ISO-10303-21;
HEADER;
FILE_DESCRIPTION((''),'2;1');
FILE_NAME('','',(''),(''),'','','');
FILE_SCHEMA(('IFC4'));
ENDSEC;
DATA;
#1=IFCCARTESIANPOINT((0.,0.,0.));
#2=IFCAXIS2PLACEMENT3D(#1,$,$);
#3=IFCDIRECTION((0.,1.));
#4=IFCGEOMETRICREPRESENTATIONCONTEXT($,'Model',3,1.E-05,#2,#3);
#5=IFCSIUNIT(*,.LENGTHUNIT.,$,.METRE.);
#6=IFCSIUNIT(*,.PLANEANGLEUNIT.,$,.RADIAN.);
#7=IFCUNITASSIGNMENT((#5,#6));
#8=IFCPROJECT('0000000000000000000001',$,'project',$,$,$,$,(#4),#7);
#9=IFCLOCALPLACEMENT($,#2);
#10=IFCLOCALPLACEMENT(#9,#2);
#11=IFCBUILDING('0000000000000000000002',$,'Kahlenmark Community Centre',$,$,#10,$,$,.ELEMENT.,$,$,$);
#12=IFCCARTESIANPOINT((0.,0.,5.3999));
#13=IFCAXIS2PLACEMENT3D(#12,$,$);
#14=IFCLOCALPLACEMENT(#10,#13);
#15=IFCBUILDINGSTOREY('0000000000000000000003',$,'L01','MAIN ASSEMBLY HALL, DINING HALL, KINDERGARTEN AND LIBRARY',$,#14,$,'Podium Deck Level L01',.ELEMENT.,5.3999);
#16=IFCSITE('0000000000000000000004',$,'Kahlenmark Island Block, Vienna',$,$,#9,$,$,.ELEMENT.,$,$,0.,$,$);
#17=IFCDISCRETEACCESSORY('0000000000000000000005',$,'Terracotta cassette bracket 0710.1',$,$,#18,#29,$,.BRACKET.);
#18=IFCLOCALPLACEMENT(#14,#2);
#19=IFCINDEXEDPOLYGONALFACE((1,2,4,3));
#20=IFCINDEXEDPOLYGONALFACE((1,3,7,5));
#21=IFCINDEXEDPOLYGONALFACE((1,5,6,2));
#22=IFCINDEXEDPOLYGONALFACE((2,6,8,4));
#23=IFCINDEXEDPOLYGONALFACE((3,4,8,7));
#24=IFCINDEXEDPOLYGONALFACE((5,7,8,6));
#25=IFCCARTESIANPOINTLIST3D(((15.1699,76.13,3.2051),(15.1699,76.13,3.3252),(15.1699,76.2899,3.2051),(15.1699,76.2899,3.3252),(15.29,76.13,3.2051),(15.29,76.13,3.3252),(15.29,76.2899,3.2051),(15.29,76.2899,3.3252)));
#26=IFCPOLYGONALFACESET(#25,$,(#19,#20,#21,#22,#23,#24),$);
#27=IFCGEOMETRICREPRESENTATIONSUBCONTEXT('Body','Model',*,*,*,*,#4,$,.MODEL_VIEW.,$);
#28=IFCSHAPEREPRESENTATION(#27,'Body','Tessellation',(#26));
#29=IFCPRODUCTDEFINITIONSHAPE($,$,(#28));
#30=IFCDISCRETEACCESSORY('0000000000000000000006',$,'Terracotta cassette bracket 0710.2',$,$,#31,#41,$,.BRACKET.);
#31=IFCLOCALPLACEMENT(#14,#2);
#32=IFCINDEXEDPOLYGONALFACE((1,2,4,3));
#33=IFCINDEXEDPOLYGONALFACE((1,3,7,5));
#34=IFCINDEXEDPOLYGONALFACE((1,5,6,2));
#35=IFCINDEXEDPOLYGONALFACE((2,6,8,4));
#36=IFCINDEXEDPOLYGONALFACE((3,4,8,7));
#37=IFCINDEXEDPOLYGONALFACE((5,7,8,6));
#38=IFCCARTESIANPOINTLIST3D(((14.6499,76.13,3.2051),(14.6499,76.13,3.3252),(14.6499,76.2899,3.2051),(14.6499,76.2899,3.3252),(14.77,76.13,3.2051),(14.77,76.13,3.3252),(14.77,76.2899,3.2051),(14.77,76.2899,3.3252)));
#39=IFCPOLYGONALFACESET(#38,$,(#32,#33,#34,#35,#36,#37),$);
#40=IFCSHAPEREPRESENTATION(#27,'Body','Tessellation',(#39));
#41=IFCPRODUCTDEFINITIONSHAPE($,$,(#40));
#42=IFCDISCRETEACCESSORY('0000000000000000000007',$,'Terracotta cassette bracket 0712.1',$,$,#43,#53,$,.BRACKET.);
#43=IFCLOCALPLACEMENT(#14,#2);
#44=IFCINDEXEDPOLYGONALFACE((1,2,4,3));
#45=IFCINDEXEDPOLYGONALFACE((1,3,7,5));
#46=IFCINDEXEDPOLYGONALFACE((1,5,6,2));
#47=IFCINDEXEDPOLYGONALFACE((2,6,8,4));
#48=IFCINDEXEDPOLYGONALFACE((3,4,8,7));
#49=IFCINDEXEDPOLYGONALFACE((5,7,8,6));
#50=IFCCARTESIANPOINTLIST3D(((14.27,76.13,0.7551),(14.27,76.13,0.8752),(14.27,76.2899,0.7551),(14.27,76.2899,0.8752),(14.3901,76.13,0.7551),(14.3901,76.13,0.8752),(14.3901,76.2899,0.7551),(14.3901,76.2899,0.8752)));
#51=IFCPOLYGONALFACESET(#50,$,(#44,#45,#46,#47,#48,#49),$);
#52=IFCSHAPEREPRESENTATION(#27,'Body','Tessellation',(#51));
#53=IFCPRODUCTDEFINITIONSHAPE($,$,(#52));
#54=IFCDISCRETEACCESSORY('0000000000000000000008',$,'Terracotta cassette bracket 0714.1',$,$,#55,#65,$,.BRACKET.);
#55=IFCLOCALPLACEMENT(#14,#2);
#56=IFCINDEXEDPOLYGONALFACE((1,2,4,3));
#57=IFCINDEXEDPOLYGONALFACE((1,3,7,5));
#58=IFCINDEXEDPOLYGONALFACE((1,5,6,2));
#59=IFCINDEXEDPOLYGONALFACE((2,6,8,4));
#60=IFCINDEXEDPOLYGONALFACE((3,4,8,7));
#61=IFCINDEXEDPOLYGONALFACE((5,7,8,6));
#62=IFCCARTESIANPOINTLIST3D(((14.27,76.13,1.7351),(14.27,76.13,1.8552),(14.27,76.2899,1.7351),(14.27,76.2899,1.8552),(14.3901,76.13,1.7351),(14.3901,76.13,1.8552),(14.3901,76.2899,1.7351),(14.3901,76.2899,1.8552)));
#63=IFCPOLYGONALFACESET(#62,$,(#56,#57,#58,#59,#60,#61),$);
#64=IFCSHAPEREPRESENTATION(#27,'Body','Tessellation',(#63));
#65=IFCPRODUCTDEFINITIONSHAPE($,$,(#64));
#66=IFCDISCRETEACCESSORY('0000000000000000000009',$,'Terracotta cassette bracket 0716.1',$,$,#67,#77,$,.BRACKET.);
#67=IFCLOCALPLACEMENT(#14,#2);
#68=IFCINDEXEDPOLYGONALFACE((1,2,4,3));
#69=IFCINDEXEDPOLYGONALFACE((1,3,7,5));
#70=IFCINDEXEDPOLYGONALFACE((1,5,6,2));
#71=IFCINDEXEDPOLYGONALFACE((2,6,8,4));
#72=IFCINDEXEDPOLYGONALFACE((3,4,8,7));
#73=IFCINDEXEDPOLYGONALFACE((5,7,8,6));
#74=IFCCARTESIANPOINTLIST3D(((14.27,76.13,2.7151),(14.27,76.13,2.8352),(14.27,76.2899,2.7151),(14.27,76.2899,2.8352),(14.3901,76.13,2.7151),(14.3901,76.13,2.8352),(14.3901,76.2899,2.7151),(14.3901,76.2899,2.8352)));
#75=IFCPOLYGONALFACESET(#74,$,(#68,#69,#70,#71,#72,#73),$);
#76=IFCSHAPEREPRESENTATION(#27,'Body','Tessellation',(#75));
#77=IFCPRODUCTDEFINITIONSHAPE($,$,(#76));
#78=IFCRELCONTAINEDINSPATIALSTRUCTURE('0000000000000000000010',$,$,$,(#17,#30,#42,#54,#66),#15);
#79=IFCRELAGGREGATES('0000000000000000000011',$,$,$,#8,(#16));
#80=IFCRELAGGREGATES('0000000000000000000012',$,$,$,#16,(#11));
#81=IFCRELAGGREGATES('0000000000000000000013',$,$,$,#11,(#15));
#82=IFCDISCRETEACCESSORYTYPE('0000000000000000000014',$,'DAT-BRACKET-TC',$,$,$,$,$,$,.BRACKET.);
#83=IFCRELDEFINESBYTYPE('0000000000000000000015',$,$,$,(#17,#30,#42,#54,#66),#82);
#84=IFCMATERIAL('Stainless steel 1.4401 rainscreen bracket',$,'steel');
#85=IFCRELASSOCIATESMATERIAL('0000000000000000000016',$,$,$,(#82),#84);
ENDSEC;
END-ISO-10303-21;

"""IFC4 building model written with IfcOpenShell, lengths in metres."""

from ifc_helpers import new_model, si_unit, direction, frame, origin, origin_2d, place, context, subcontext, project, spatial, rectangle, extrude, material, type_object, element, save


model = new_model("IFC4")

# Units and contexts
model_context = context("Model", 3, precision=1e-05, world=origin(), true_north=direction((0.0, 1.0)))
body_context = subcontext(model_context, "Body", "Model", "MODEL_VIEW")
ifc_project = project(units=[si_unit("LENGTHUNIT", "METRE"), si_unit("PLANEANGLEUNIT", "RADIAN")], contexts=[model_context])

# Site, building, storey
site_placement = place(None, origin())
site = spatial("IfcSite", under=ifc_project, at=site_placement, Name="Kahlenmark Island Block, Vienna", CompositionType="ELEMENT", RefElevation=0.0)
building_placement = place(site_placement, origin())
building = spatial("IfcBuilding", under=site, at=building_placement, Name="Kahlenmark Community Centre", CompositionType="ELEMENT")
storey_placement = place(building_placement, frame((0.0, 0.0, 5.3999)))
storey = spatial("IfcBuildingStorey", under=building, at=storey_placement, Name="L01", Description="MAIN ASSEMBLY HALL, DINING HALL, KINDERGARTEN AND LIBRARY", LongName="Podium Deck Level L01", CompositionType="ELEMENT", Elevation=5.3999)

# Discrete accessories
ifc_material_1 = material(Name="Stainless steel 1.4401 rainscreen bracket", Category="steel")
discrete_accessory_type = type_object("IfcDiscreteAccessoryType", Name="DAT-BRACKET-TC", PredefinedType="BRACKET", material=ifc_material_1)
for number, where, z_axis, x_axis, name in (
    (1, (15.23, 76.21, 3.2051), (0.0, 0.0, 1.0), (-1.0, 0.0, 0.0), "Terracotta cassette bracket 0710.1"),
    (2, (14.71, 76.21, 3.2051), (0.0, 0.0, 1.0), (-1.0, 0.0, 0.0), "Terracotta cassette bracket 0710.2"),
    (3, (14.3301, 76.21, 0.7551), (0.0, 0.0, 1.0), (-1.0, 0.0, 0.0), "Terracotta cassette bracket 0712.1"),
    (4, (14.3301, 76.21, 1.7351), (0.0, 0.0, 1.0), (-1.0, 0.0, 0.0), "Terracotta cassette bracket 0714.1"),
    (5, (14.3301, 76.21, 2.7151), (0.0, 0.0, 1.0), (-1.0, 0.0, 0.0), "Terracotta cassette bracket 0716.1"),
):
    element("IfcDiscreteAccessory", number, at=place(storey_placement, frame(where, z_axis=z_axis, x_axis=x_axis)), inside=storey, type_object=discrete_accessory_type, Name=name, PredefinedType="BRACKET", context=body_context, shape_type="SweptSolid", body=[
        extrude(rectangle(XDim=0.1201, YDim=0.1599, at=origin_2d()), origin(), (0.0, 0.0, 1.0), 0.1201),
    ])

save(model, "model.ifc")
